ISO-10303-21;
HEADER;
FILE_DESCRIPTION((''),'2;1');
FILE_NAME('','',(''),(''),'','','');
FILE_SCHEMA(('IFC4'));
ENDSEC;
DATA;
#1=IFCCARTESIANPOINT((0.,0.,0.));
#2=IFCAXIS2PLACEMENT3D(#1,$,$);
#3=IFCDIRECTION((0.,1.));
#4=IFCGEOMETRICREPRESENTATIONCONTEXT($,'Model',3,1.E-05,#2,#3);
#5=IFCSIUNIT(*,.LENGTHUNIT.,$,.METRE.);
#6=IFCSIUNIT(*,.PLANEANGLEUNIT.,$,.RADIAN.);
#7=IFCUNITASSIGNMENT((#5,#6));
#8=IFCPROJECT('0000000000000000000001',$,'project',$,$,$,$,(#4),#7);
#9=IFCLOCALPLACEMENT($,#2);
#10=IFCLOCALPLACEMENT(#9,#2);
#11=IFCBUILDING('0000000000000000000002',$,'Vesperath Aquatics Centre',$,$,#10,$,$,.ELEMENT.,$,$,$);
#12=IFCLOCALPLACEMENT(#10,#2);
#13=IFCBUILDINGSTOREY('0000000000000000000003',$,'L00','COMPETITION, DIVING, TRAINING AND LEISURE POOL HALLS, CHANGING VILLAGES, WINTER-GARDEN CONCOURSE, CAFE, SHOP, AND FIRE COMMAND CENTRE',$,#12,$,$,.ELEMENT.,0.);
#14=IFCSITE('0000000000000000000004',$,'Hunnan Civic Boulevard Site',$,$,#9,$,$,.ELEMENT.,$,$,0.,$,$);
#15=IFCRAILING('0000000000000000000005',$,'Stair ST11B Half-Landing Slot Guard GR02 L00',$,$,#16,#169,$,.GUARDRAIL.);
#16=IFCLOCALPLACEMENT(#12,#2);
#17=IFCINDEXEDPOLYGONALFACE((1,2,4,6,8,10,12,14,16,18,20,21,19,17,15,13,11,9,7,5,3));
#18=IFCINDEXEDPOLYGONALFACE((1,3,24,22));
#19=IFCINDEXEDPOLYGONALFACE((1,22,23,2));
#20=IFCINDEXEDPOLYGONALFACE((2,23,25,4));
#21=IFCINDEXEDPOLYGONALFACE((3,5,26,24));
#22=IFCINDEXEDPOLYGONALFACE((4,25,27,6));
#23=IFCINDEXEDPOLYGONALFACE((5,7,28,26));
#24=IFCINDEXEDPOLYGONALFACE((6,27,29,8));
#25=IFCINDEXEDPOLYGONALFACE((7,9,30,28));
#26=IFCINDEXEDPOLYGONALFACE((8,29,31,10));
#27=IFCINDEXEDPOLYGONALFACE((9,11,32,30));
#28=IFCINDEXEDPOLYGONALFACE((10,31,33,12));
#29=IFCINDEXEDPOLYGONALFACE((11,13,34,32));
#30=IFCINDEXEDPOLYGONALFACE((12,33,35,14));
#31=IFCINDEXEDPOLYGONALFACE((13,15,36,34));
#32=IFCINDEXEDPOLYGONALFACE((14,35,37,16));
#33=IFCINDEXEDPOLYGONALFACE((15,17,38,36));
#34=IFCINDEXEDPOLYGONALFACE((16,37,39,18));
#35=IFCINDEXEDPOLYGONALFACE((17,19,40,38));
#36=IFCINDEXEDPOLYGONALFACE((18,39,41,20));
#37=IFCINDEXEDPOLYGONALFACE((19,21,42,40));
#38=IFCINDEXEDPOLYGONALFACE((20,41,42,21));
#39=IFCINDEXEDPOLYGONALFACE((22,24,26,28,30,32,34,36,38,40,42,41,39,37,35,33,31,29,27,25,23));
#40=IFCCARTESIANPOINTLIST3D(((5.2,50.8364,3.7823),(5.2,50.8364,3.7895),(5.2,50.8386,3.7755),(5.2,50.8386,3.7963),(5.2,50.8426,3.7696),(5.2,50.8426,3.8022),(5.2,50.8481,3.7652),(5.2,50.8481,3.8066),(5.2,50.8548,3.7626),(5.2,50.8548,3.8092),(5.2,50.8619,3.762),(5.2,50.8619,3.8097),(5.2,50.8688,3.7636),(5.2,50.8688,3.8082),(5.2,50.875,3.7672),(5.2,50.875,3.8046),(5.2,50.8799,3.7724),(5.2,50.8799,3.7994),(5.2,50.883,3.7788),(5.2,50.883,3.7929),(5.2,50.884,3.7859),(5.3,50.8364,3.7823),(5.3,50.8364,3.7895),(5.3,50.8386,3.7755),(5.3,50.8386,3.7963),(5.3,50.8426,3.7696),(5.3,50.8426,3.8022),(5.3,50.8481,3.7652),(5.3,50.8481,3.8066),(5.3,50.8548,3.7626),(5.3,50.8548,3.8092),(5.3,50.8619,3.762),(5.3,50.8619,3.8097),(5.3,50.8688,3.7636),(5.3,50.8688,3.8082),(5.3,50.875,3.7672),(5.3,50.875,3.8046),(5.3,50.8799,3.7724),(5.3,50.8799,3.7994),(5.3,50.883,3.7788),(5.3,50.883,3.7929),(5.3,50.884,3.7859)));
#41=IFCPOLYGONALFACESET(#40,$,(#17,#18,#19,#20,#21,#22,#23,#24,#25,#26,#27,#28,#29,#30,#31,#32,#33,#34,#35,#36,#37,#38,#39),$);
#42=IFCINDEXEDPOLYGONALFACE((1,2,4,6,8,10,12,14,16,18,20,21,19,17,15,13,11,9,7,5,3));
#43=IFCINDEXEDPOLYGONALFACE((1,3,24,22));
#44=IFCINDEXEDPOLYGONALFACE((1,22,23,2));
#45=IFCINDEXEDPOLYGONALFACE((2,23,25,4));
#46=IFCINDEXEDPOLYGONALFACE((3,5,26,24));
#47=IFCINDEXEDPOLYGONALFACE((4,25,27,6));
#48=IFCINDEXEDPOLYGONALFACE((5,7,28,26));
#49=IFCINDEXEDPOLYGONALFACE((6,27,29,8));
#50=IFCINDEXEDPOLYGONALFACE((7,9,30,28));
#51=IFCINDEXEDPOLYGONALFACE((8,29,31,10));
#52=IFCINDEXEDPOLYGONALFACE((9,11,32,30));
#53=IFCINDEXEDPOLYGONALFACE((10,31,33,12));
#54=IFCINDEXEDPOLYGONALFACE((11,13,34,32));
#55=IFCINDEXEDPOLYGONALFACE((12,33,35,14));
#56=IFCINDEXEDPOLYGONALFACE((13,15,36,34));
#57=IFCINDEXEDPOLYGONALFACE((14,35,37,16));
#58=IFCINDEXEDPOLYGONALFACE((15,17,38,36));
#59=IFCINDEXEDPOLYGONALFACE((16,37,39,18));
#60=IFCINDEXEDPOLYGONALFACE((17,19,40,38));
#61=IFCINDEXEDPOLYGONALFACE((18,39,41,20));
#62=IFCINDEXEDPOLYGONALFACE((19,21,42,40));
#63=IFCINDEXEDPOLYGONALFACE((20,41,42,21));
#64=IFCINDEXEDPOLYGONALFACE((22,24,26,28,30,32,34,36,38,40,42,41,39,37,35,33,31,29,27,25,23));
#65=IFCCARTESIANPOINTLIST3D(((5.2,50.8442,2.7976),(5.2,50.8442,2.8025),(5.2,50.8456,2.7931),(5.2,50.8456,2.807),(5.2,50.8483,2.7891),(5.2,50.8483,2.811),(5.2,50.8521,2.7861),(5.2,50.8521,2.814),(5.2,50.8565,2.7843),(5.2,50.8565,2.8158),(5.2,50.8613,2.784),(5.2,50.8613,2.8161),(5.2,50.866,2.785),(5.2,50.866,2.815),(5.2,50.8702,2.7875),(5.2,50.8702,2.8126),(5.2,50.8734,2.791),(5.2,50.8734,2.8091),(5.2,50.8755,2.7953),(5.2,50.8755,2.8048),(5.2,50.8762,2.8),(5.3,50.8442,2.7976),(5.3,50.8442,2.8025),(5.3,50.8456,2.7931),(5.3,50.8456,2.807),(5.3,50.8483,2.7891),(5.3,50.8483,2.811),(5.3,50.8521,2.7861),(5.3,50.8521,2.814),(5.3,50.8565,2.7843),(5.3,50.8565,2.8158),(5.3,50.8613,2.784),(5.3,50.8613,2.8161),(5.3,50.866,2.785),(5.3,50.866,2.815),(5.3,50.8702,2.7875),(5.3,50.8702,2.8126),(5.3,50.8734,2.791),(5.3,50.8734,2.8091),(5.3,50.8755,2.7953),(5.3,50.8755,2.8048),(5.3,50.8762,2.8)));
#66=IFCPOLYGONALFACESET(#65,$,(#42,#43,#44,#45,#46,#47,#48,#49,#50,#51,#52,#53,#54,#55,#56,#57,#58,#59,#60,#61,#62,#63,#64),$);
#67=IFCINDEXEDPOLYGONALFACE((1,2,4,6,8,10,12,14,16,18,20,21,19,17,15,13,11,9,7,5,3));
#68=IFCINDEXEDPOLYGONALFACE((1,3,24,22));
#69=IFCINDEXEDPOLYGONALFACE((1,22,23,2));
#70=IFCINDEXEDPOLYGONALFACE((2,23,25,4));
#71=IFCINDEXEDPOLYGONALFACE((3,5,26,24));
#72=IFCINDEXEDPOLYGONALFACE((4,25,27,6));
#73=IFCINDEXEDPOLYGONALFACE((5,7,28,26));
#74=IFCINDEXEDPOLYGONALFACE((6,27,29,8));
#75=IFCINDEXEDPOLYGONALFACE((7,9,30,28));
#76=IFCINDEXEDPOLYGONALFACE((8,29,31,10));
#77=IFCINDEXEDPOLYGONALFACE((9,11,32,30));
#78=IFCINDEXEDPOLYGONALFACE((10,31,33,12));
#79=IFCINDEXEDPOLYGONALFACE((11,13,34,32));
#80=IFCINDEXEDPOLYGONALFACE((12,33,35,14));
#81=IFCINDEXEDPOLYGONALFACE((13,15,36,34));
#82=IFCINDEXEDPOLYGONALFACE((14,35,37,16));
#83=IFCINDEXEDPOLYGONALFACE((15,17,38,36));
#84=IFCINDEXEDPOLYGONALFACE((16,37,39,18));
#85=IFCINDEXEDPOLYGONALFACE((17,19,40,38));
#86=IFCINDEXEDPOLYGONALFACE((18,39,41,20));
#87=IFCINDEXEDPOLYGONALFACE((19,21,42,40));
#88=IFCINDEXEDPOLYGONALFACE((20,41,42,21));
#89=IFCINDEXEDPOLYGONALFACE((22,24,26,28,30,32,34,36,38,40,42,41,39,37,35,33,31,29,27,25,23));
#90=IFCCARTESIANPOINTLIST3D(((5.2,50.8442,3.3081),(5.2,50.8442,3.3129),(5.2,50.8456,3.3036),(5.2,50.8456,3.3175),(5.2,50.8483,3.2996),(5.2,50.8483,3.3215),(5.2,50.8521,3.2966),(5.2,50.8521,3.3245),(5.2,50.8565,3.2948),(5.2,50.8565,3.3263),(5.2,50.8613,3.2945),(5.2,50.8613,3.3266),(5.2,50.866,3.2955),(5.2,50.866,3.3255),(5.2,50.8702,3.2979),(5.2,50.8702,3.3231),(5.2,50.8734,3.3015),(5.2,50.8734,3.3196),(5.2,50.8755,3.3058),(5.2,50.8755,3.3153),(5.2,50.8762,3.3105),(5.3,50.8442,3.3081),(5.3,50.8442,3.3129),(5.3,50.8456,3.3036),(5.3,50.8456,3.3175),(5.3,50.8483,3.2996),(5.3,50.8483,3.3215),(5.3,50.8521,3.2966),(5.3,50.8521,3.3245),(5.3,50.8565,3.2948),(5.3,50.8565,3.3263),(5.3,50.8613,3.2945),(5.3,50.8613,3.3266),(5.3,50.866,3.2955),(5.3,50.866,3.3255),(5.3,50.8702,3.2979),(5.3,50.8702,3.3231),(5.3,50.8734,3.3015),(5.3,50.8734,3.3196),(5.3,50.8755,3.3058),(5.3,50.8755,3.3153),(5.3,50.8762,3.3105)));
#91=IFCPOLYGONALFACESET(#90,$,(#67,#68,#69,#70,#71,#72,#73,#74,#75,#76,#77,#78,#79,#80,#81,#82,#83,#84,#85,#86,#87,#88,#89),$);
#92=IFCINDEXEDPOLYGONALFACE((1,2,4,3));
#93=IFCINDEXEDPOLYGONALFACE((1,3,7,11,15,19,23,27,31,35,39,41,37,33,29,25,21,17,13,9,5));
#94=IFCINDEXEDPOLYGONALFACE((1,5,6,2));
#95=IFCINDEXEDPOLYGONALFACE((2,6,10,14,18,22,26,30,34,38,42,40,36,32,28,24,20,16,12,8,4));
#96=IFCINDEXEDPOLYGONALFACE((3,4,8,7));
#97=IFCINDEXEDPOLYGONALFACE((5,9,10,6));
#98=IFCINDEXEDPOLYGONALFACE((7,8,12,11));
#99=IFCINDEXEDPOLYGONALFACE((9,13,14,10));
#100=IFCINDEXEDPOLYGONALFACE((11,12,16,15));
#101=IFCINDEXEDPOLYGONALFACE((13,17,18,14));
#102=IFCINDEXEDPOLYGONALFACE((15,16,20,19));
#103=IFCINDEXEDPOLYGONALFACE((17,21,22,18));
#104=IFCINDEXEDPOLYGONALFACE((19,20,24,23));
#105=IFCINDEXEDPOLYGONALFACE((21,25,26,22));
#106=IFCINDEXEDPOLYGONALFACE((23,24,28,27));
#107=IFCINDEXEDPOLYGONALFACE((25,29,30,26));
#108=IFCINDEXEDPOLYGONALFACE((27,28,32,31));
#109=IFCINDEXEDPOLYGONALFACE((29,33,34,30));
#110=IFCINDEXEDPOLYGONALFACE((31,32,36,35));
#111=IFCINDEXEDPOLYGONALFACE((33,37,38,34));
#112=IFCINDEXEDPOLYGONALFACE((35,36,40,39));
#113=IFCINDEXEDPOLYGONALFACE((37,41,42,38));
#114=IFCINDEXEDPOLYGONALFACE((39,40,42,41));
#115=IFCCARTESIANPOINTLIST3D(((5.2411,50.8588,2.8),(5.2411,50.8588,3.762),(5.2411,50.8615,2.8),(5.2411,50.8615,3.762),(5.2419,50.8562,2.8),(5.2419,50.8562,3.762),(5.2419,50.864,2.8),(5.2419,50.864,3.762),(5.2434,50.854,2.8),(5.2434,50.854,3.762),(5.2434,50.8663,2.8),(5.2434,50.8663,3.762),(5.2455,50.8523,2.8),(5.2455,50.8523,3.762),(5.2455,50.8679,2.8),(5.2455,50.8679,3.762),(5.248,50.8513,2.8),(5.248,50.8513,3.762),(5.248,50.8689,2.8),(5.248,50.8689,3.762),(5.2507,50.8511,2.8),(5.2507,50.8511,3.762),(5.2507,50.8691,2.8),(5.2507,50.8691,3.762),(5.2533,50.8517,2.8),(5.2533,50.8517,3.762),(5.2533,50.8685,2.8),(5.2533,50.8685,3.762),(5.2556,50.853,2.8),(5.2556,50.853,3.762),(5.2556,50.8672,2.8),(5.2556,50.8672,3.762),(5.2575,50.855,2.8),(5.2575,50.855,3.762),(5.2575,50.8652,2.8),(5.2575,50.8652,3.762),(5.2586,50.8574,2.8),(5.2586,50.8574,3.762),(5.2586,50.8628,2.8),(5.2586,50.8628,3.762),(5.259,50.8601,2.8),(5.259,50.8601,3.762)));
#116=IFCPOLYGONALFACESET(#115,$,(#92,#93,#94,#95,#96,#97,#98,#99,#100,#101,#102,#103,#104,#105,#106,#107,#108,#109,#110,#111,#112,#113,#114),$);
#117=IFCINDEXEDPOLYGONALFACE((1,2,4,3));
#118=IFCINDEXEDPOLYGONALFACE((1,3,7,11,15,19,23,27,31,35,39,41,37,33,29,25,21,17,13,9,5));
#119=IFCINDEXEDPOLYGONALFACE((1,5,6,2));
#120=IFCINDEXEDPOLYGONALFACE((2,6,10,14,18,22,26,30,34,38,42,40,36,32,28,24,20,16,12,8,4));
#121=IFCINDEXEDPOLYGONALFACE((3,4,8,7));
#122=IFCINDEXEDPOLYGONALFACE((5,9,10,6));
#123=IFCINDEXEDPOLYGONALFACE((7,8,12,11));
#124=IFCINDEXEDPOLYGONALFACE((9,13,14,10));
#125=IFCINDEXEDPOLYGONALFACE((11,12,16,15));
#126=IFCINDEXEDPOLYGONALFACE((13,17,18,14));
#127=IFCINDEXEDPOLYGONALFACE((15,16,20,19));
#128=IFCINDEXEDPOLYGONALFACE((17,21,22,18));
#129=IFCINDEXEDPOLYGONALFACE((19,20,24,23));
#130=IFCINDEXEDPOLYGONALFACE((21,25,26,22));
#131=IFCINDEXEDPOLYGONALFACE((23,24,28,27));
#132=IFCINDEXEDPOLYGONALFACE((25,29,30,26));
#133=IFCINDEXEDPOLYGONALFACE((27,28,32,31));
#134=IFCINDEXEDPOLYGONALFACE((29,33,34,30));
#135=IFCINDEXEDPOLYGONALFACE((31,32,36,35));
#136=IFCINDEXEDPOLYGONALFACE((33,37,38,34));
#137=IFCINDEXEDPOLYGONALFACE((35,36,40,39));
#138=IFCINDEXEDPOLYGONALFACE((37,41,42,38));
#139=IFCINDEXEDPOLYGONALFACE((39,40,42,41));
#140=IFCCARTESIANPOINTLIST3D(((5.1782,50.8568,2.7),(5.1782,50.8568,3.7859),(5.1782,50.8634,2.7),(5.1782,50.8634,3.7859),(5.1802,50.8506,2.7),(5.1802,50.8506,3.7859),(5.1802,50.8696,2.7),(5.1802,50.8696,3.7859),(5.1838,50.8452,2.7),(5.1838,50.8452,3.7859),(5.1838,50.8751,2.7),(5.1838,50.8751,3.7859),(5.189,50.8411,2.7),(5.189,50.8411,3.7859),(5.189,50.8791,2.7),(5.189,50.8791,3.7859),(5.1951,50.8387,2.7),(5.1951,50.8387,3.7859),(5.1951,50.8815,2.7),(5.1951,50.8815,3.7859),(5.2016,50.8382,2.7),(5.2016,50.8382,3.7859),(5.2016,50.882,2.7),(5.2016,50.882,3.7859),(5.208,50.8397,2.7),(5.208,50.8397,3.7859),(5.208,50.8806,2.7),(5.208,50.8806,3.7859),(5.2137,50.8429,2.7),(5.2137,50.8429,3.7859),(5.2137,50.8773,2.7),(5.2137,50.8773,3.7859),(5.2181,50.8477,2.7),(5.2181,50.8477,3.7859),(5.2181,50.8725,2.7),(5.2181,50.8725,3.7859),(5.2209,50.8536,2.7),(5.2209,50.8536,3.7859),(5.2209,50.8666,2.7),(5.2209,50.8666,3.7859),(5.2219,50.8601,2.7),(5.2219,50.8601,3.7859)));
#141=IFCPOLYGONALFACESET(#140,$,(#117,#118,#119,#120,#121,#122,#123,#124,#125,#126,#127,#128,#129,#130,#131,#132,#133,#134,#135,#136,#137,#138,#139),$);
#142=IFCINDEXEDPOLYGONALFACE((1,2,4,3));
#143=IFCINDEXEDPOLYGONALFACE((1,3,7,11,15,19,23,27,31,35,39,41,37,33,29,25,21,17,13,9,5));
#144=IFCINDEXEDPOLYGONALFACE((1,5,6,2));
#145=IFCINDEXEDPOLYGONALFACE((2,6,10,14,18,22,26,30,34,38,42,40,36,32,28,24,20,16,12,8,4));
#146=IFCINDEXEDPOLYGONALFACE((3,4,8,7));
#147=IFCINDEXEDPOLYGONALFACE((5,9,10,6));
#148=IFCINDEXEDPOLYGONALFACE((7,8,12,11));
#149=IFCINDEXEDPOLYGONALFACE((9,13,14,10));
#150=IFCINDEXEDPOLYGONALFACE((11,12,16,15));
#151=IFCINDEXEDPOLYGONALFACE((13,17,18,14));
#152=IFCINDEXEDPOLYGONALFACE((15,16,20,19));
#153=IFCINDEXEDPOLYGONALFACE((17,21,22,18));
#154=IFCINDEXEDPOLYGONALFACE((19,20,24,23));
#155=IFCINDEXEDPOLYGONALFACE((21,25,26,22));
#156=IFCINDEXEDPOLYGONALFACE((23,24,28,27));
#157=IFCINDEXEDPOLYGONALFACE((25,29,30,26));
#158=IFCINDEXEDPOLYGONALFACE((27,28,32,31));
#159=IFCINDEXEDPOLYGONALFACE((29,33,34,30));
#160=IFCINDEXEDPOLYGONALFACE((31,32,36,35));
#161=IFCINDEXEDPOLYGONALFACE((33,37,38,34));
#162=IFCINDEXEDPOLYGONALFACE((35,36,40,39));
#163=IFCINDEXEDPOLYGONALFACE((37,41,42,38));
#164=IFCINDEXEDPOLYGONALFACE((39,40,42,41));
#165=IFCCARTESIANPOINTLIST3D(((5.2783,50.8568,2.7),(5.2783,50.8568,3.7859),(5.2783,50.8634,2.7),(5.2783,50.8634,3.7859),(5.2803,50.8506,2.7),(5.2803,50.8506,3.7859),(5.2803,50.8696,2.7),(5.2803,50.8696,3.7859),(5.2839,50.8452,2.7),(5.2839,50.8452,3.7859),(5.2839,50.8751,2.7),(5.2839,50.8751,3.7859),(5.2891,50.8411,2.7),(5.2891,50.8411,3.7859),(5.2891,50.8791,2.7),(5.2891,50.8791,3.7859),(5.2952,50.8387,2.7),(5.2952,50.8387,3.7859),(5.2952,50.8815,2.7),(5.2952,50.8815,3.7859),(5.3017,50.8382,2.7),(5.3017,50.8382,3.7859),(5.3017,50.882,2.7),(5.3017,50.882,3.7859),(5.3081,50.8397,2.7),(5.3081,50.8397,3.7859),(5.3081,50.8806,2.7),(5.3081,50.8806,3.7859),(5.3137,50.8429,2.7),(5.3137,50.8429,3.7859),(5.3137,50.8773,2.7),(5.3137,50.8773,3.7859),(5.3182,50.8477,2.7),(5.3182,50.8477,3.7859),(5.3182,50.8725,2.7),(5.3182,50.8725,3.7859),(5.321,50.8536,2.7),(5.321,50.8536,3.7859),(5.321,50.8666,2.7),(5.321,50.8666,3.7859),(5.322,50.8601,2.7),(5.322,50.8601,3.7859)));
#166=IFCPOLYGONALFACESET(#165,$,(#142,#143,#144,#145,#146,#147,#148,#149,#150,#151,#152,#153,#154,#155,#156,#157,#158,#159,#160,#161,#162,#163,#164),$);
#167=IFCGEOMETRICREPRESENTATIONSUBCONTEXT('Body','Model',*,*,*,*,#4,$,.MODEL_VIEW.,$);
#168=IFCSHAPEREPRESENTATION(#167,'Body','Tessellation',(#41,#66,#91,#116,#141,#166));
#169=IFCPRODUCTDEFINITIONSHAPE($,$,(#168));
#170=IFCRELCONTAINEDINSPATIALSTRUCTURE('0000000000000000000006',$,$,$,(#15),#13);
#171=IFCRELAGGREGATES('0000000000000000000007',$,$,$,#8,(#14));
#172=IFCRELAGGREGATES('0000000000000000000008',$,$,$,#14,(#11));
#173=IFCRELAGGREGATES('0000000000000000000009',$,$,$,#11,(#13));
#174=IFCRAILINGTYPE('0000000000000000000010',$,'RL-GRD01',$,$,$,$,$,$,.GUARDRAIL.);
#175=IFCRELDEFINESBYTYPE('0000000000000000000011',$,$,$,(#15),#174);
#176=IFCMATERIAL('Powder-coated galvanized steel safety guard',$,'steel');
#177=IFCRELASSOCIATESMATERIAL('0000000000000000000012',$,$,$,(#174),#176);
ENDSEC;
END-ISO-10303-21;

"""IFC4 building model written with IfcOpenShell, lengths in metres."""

from ifc_helpers import new_model, si_unit, direction, frame, origin, origin_2d, place, context, subcontext, project, spatial, circle, extrude, material, type_object, element, save


model = new_model("IFC4")

# Units and contexts
model_context = context("Model", 3, precision=1e-05, world=origin(), true_north=direction((0.0, 1.0)))
body_context = subcontext(model_context, "Body", "Model", "MODEL_VIEW")
ifc_project = project(units=[si_unit("LENGTHUNIT", "METRE"), si_unit("PLANEANGLEUNIT", "RADIAN")], contexts=[model_context])

# Site, building, storey
site_placement = place(None, origin())
site = spatial("IfcSite", under=ifc_project, at=site_placement, Name="Hunnan Civic Boulevard Site", CompositionType="ELEMENT", RefElevation=0.0)
building_placement = place(site_placement, origin())
building = spatial("IfcBuilding", under=site, at=building_placement, Name="Vesperath Aquatics Centre", CompositionType="ELEMENT")
storey_placement = place(building_placement, origin())
storey = spatial("IfcBuildingStorey", under=building, at=storey_placement, Name="L00", Description="COMPETITION, DIVING, TRAINING AND LEISURE POOL HALLS, CHANGING VILLAGES, WINTER-GARDEN CONCOURSE, CAFE, SHOP, AND FIRE COMMAND CENTRE", CompositionType="ELEMENT", Elevation=0.0)

# Railing
ifc_material_1 = material(Name="Powder-coated galvanized steel safety guard", Category="steel")
railing_type_1 = type_object("IfcRailingType", Name="RL-GRD01", PredefinedType="GUARDRAIL", material=ifc_material_1)
railing_1_placement = place(storey_placement, frame((5.2, 50.8601, 2.7)))
element("IfcRailing", 1, at=railing_1_placement, inside=storey, type_object=railing_type_1, Name="Stair ST11B Half-Landing Slot Guard GR02 L00", PredefinedType="GUARDRAIL", context=body_context, shape_type="SweptSolid", body=[
    extrude(circle(Radius=0.0239, at=origin_2d()), frame((0.0, 0.0, 1.0859), z_axis=(1.0, 0.0, 0.0), x_axis=(0.0, 1.0, 0.0)), (0.0, 0.0, 1.0), 0.1001),
    extrude(circle(Radius=0.0161, at=origin_2d()), frame((0.0, 0.0, 0.1001), z_axis=(1.0, 0.0, 0.0), x_axis=(0.0, 1.0, 0.0)), (0.0, 0.0, 1.0), 0.1001),
    extrude(circle(Radius=0.0161, at=origin_2d()), frame((0.0, 0.0, 0.6106), z_axis=(1.0, 0.0, 0.0), x_axis=(0.0, 1.0, 0.0)), (0.0, 0.0, 1.0), 0.1001),
    extrude(circle(Radius=0.009, at=origin_2d()), frame((0.05, 0.0, 0.1001)), (0.0, 0.0, 1.0), 0.9619),
    extrude(circle(Radius=0.022, at=origin_2d()), origin(), (0.0, 0.0, 1.0), 1.0859),
    extrude(circle(Radius=0.022, at=origin_2d()), frame((0.1001, 0.0, 0.0)), (0.0, 0.0, 1.0), 1.0859),
])

save(model, "model.ifc")
